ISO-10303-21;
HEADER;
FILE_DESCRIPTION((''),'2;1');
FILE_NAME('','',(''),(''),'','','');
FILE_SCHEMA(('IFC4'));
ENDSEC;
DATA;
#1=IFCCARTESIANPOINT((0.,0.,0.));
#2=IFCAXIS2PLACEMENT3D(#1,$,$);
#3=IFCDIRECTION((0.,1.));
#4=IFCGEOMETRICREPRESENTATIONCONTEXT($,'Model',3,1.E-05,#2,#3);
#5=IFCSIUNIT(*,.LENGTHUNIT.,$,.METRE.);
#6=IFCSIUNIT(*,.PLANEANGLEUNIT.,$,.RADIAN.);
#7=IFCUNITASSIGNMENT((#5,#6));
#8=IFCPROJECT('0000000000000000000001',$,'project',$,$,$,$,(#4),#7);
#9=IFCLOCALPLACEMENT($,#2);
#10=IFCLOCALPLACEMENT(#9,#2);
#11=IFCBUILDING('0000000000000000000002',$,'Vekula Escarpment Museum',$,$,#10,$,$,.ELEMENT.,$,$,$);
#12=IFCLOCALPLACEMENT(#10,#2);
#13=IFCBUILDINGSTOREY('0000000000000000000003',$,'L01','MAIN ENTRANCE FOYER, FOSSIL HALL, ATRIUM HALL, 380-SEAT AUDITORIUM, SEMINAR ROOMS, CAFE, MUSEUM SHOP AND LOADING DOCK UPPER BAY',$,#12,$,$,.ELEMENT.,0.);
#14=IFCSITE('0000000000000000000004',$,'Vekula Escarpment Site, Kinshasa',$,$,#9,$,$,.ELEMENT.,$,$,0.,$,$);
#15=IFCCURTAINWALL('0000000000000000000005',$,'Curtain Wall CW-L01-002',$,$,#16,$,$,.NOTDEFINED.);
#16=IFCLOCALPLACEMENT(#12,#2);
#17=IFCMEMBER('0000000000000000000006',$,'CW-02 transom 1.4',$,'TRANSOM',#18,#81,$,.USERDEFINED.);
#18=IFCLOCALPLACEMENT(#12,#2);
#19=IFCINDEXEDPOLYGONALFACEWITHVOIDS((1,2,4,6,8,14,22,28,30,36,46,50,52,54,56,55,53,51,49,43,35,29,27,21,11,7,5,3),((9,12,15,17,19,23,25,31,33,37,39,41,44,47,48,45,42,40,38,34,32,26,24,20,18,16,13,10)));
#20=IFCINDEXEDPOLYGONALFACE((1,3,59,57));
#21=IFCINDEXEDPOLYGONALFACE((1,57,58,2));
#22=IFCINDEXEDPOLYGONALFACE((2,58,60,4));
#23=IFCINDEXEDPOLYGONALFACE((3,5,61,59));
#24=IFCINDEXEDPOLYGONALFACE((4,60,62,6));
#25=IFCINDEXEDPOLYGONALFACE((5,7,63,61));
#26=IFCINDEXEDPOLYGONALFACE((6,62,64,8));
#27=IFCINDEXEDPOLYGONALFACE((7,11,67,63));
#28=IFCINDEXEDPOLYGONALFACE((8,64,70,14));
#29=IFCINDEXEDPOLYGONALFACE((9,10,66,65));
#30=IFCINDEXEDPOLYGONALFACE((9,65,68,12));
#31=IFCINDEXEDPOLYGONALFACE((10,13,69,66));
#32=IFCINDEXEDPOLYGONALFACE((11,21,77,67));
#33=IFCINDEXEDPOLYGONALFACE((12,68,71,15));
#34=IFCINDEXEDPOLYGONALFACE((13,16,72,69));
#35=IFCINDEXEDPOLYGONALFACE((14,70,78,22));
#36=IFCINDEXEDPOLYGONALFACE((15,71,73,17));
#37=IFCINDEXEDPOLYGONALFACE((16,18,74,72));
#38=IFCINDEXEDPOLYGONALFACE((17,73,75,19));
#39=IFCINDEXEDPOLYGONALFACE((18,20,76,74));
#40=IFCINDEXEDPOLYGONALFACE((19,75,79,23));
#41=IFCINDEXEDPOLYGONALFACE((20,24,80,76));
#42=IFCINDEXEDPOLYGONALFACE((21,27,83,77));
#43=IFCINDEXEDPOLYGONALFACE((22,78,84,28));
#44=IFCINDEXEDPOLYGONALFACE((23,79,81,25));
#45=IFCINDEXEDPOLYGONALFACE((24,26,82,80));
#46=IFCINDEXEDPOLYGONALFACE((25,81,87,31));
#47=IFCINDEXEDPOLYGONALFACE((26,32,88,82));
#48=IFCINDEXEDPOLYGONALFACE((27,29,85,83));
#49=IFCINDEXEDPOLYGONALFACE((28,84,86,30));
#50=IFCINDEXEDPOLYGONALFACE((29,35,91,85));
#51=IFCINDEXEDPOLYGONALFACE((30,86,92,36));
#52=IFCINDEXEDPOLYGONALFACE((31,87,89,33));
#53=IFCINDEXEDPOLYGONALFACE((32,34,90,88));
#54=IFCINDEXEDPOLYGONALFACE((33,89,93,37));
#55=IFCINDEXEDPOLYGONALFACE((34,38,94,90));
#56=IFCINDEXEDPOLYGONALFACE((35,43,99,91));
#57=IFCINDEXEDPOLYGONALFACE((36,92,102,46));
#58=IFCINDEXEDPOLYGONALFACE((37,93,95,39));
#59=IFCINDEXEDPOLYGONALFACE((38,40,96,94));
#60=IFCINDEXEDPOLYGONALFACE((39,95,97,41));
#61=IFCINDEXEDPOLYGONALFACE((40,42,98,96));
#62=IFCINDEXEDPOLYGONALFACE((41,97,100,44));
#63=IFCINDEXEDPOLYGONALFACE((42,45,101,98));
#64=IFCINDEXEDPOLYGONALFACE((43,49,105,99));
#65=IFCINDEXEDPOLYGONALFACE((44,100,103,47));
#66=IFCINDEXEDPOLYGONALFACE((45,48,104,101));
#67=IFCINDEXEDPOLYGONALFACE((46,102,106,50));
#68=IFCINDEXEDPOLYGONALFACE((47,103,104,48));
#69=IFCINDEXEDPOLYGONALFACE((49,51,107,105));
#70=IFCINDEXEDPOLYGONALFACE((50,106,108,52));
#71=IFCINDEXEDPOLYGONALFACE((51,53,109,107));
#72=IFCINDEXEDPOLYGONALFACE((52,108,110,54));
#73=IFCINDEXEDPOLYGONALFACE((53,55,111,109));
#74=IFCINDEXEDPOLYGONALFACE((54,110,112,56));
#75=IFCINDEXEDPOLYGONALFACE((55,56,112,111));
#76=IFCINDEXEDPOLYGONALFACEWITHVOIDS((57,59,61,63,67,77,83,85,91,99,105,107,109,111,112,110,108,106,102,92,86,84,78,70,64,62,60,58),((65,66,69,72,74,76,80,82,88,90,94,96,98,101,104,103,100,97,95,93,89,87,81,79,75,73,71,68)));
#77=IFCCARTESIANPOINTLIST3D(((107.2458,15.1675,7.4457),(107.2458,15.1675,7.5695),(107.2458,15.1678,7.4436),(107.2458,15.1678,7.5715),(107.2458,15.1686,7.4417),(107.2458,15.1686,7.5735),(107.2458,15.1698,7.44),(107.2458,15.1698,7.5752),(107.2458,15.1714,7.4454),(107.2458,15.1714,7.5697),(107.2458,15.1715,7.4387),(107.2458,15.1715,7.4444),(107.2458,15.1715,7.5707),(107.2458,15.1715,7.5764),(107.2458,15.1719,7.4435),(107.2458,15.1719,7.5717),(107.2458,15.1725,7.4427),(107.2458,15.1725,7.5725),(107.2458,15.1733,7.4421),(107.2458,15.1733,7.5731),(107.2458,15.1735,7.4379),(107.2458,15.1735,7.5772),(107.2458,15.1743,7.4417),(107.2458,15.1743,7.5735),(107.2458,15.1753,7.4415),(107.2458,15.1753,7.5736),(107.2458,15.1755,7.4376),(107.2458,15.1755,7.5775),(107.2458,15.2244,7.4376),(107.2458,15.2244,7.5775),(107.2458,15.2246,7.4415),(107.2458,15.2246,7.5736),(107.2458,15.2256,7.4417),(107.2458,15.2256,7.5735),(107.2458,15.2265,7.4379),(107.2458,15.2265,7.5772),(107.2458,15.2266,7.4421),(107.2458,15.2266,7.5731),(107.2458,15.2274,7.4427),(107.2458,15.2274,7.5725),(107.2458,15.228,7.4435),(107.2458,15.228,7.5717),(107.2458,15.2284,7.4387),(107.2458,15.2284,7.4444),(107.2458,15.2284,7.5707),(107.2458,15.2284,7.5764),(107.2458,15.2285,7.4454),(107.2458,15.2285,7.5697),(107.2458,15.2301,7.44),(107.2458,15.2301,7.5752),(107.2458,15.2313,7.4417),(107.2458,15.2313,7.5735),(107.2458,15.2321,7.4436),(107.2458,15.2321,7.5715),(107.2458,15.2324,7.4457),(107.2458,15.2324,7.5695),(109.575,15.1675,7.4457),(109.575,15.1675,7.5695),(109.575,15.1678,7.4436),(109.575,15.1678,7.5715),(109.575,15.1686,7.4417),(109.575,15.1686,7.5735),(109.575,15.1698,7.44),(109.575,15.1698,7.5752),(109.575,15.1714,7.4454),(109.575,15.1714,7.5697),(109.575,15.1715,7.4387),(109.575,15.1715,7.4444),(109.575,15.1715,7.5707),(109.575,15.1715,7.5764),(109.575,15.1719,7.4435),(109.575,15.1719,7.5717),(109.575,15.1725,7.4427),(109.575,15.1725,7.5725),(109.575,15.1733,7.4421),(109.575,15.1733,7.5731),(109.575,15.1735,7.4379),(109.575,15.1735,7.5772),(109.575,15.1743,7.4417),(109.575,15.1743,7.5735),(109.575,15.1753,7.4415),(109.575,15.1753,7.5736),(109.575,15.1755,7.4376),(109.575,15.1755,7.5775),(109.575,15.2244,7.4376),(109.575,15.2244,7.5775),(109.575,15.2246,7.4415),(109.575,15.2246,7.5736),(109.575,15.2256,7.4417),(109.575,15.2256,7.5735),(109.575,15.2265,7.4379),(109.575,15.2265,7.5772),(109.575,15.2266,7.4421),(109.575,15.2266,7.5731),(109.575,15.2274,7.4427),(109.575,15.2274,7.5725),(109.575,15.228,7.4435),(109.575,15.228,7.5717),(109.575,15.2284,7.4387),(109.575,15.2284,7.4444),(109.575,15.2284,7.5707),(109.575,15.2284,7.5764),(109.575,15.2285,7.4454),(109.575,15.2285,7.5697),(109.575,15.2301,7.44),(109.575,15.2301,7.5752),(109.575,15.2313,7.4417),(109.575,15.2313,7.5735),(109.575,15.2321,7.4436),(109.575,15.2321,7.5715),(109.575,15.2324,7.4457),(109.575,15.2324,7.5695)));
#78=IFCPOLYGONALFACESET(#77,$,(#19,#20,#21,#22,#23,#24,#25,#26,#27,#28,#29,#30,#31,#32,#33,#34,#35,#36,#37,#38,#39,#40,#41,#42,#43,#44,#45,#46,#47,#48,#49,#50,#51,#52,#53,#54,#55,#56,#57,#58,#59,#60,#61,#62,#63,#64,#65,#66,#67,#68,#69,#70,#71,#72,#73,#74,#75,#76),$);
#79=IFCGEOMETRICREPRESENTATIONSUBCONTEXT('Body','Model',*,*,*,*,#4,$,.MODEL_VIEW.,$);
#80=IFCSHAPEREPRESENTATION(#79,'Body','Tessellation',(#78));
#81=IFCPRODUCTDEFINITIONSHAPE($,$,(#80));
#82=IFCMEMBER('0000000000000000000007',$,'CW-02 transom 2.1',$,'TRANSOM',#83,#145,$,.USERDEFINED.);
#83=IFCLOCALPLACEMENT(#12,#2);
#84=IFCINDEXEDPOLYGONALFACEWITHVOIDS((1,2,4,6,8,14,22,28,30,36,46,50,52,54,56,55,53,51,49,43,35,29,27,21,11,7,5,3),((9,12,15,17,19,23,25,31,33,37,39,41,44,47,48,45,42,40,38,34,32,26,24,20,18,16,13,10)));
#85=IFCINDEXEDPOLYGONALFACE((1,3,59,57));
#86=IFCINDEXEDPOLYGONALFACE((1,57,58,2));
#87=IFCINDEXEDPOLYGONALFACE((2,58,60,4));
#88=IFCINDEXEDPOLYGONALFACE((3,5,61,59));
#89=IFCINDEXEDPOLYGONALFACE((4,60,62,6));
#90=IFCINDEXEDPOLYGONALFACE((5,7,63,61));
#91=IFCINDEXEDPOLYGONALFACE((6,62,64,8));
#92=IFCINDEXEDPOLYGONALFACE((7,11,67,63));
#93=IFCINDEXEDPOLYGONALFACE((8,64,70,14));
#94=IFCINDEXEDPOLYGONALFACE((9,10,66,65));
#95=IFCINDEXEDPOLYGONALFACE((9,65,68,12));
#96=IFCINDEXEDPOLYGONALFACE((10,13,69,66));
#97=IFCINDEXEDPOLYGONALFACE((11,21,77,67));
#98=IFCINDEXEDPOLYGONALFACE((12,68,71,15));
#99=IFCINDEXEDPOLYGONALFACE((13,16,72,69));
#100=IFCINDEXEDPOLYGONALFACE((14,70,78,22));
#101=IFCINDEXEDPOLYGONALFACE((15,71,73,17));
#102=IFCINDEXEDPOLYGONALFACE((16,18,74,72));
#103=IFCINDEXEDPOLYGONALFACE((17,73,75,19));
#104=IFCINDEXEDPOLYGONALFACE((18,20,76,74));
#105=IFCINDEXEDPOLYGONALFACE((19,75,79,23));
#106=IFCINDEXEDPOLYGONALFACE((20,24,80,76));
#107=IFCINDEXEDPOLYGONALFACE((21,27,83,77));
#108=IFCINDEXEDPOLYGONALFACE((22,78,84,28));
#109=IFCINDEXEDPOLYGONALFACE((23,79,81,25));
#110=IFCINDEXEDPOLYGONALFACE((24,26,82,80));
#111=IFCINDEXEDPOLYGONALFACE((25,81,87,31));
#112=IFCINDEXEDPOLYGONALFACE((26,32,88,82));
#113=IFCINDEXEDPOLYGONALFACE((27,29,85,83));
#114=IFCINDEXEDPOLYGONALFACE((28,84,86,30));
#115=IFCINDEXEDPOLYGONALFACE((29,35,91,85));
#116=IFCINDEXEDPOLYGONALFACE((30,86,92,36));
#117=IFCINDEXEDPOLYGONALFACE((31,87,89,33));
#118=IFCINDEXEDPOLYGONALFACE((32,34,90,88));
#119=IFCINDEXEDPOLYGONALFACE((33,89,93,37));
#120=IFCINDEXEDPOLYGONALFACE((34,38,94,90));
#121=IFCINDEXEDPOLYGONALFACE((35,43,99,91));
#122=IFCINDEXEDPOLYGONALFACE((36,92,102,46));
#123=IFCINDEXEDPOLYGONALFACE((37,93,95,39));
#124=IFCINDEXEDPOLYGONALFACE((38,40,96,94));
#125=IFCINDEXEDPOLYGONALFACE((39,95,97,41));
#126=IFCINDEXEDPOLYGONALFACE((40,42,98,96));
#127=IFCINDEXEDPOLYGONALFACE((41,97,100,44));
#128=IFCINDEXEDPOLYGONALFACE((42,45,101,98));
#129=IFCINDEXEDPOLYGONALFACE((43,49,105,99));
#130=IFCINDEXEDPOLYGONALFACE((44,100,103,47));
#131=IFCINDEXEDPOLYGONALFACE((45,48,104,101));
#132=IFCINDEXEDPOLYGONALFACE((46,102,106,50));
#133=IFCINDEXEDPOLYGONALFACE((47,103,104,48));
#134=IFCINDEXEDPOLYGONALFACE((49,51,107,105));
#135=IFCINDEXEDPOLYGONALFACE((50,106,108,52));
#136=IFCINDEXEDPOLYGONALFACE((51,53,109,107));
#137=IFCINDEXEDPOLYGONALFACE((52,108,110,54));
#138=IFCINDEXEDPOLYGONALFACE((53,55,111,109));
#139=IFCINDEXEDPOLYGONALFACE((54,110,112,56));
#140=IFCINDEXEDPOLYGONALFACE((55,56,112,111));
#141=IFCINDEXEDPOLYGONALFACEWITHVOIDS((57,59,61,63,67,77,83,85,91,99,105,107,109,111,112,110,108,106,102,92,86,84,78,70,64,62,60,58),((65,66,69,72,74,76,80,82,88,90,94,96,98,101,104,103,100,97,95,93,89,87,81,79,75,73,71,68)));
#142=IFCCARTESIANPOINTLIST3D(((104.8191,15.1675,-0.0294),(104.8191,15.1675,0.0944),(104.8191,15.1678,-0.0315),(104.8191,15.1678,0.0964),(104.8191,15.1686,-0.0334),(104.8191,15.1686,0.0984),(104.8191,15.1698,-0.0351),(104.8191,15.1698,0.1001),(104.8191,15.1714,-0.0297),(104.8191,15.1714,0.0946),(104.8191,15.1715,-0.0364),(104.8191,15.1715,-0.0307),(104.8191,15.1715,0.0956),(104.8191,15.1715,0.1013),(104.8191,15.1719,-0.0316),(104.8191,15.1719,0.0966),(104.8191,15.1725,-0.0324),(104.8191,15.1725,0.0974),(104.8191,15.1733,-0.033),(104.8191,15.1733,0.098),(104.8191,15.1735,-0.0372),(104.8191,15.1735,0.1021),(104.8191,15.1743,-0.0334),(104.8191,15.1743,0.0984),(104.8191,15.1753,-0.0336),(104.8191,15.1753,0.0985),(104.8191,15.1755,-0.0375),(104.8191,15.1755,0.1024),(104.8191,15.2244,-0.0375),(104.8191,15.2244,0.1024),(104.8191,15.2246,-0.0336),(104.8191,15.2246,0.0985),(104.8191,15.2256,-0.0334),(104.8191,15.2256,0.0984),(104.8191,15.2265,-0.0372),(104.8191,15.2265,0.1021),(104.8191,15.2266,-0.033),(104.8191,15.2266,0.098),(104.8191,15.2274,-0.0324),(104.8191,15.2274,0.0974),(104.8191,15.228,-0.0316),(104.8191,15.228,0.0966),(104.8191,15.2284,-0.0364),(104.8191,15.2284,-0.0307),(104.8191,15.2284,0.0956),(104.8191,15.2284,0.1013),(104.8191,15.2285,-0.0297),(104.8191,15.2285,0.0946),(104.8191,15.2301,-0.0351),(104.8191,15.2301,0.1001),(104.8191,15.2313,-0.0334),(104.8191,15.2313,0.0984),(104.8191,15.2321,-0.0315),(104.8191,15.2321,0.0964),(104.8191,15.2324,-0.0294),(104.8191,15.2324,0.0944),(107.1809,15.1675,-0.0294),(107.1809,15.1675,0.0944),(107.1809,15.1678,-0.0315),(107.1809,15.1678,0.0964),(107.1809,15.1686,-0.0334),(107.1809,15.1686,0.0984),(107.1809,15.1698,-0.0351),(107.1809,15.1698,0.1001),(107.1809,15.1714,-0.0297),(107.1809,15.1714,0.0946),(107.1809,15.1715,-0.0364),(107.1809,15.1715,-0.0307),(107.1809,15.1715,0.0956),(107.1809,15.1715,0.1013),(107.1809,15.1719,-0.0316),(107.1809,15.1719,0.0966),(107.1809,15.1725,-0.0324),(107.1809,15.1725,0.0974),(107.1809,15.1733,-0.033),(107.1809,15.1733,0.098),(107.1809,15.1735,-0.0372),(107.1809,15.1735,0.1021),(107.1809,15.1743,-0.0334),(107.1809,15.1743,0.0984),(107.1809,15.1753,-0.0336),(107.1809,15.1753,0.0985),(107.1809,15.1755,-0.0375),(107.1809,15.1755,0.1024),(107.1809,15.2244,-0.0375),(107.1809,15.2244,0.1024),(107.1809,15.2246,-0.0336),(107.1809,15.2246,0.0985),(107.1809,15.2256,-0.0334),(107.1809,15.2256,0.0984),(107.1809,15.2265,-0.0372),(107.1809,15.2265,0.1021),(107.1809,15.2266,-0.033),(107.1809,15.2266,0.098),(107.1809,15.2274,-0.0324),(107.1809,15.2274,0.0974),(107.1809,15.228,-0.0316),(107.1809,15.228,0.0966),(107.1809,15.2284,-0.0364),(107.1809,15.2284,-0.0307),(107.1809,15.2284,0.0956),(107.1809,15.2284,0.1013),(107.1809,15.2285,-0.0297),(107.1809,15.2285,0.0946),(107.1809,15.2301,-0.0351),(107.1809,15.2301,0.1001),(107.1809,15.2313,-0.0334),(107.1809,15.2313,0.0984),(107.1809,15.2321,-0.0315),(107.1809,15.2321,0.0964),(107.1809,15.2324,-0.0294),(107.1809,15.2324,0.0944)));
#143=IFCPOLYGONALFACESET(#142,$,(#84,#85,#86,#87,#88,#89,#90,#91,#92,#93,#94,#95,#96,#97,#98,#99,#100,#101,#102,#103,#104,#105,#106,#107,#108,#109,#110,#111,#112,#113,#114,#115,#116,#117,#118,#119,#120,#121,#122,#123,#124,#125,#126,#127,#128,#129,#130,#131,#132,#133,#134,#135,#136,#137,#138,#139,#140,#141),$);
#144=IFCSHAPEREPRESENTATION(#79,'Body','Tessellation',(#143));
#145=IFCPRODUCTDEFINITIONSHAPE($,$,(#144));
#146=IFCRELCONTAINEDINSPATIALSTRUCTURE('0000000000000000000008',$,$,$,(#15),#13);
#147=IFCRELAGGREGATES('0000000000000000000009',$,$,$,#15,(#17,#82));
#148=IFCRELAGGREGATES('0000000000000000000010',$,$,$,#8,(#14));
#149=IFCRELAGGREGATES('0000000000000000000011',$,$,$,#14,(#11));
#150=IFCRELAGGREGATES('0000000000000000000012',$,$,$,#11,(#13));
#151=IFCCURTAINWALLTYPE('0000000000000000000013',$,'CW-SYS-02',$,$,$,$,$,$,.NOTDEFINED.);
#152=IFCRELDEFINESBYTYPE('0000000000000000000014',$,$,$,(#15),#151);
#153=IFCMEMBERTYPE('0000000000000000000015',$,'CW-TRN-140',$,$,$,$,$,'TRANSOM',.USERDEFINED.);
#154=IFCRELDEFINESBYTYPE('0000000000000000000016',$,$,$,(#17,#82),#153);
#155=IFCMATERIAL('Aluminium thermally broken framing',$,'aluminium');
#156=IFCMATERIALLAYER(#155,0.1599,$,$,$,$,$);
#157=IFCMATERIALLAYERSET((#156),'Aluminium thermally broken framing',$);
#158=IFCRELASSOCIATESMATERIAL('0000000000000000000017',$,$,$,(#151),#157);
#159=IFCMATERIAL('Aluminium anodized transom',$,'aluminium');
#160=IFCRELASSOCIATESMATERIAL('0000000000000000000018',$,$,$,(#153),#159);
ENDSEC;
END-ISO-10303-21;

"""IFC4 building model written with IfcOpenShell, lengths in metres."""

from ifc_helpers import new_model, si_unit, direction, frame, origin, origin_2d, place, context, subcontext, project, spatial, hollow_rectangle, extrude, material, layer, layer_set, material_profile, profile_set, type_object, element, aggregate, save


model = new_model("IFC4")

# Units and contexts
model_context = context("Model", 3, precision=1e-05, world=origin(), true_north=direction((0.0, 1.0)))
body_context = subcontext(model_context, "Body", "Model", "MODEL_VIEW")
ifc_project = project(units=[si_unit("LENGTHUNIT", "METRE"), si_unit("PLANEANGLEUNIT", "RADIAN")], contexts=[model_context])

# Site, building, storey
site_placement = place(None, origin())
site = spatial("IfcSite", under=ifc_project, at=site_placement, Name="Vekula Escarpment Site, Kinshasa", CompositionType="ELEMENT", RefElevation=0.0)
building_placement = place(site_placement, origin())
building = spatial("IfcBuilding", under=site, at=building_placement, Name="Vekula Escarpment Museum", CompositionType="ELEMENT")
storey_placement = place(building_placement, origin())
storey = spatial("IfcBuildingStorey", under=building, at=storey_placement, Name="L01", Description="MAIN ENTRANCE FOYER, FOSSIL HALL, ATRIUM HALL, 380-SEAT AUDITORIUM, SEMINAR ROOMS, CAFE, MUSEUM SHOP AND LOADING DOCK UPPER BAY", CompositionType="ELEMENT", Elevation=0.0)

# Curtain wall, members
ifc_material_1 = material(Name="Aluminium thermally broken framing", Category="aluminium")
ifc_layer_1 = layer(ifc_material_1, 0.1599)
ifc_layer_set_1 = layer_set([ifc_layer_1], Name="Aluminium thermally broken framing")
curtain_wall_type_1 = type_object("IfcCurtainWallType", Name="CW-SYS-02", PredefinedType="NOTDEFINED", material=ifc_layer_set_1)
curtain_wall_1_placement = place(storey_placement, origin())
curtain_wall_1 = element("IfcCurtainWall", 1, at=curtain_wall_1_placement, inside=storey, type_object=curtain_wall_type_1, Name="Curtain Wall CW-L01-002", PredefinedType="NOTDEFINED")
ifc_material_2 = material(Name="Aluminium anodized transom", Category="aluminium")
ifc_material_profile_1 = material_profile(ifc_material_2, hollow_rectangle(XDim=0.0649, YDim=0.1399, WallThickness=0.0039, InnerFilletRadius=0.0039, OuterFilletRadius=0.0081, at=origin_2d()), Name="ALU 140x65x4")
ifc_profile_set_1 = profile_set([ifc_material_profile_1], Name="Aluminium anodized transom")
member_type_1 = type_object("IfcMemberType", Name="CW-TRN-140", ElementType="TRANSOM", PredefinedType="USERDEFINED", material=ifc_profile_set_1)
member_1_placement = place(storey_placement, frame((109.575, 15.2, 7.5076), z_axis=(-1.0, 0.0, 0.0), x_axis=(0.0, -1.0, 0.0)))
member_1 = element("IfcMember", 2, at=member_1_placement, type_object=member_type_1, Name="CW-02 transom 1.4", ObjectType="TRANSOM", PredefinedType="USERDEFINED", context=body_context, shape_type="SweptSolid", body=[
    extrude(hollow_rectangle(XDim=0.0649, YDim=0.1399, WallThickness=0.0039, InnerFilletRadius=0.0039, OuterFilletRadius=0.0081, at=origin_2d()), origin(), (0.0, 0.0, 1.0), 2.3291),
])
member_2_placement = place(storey_placement, frame((107.1809, 15.2, 0.0325), z_axis=(-1.0, 0.0, 0.0), x_axis=(0.0, -1.0, 0.0)))
member_2 = element("IfcMember", 3, at=member_2_placement, type_object=member_type_1, Name="CW-02 transom 2.1", ObjectType="TRANSOM", PredefinedType="USERDEFINED", context=body_context, shape_type="SweptSolid", body=[
    extrude(hollow_rectangle(XDim=0.0649, YDim=0.1399, WallThickness=0.0039, InnerFilletRadius=0.0039, OuterFilletRadius=0.0081, at=origin_2d()), origin(), (0.0, 0.0, 1.0), 2.3618),
])

aggregate(curtain_wall_1, [member_1, member_2])

save(model, "model.ifc")
